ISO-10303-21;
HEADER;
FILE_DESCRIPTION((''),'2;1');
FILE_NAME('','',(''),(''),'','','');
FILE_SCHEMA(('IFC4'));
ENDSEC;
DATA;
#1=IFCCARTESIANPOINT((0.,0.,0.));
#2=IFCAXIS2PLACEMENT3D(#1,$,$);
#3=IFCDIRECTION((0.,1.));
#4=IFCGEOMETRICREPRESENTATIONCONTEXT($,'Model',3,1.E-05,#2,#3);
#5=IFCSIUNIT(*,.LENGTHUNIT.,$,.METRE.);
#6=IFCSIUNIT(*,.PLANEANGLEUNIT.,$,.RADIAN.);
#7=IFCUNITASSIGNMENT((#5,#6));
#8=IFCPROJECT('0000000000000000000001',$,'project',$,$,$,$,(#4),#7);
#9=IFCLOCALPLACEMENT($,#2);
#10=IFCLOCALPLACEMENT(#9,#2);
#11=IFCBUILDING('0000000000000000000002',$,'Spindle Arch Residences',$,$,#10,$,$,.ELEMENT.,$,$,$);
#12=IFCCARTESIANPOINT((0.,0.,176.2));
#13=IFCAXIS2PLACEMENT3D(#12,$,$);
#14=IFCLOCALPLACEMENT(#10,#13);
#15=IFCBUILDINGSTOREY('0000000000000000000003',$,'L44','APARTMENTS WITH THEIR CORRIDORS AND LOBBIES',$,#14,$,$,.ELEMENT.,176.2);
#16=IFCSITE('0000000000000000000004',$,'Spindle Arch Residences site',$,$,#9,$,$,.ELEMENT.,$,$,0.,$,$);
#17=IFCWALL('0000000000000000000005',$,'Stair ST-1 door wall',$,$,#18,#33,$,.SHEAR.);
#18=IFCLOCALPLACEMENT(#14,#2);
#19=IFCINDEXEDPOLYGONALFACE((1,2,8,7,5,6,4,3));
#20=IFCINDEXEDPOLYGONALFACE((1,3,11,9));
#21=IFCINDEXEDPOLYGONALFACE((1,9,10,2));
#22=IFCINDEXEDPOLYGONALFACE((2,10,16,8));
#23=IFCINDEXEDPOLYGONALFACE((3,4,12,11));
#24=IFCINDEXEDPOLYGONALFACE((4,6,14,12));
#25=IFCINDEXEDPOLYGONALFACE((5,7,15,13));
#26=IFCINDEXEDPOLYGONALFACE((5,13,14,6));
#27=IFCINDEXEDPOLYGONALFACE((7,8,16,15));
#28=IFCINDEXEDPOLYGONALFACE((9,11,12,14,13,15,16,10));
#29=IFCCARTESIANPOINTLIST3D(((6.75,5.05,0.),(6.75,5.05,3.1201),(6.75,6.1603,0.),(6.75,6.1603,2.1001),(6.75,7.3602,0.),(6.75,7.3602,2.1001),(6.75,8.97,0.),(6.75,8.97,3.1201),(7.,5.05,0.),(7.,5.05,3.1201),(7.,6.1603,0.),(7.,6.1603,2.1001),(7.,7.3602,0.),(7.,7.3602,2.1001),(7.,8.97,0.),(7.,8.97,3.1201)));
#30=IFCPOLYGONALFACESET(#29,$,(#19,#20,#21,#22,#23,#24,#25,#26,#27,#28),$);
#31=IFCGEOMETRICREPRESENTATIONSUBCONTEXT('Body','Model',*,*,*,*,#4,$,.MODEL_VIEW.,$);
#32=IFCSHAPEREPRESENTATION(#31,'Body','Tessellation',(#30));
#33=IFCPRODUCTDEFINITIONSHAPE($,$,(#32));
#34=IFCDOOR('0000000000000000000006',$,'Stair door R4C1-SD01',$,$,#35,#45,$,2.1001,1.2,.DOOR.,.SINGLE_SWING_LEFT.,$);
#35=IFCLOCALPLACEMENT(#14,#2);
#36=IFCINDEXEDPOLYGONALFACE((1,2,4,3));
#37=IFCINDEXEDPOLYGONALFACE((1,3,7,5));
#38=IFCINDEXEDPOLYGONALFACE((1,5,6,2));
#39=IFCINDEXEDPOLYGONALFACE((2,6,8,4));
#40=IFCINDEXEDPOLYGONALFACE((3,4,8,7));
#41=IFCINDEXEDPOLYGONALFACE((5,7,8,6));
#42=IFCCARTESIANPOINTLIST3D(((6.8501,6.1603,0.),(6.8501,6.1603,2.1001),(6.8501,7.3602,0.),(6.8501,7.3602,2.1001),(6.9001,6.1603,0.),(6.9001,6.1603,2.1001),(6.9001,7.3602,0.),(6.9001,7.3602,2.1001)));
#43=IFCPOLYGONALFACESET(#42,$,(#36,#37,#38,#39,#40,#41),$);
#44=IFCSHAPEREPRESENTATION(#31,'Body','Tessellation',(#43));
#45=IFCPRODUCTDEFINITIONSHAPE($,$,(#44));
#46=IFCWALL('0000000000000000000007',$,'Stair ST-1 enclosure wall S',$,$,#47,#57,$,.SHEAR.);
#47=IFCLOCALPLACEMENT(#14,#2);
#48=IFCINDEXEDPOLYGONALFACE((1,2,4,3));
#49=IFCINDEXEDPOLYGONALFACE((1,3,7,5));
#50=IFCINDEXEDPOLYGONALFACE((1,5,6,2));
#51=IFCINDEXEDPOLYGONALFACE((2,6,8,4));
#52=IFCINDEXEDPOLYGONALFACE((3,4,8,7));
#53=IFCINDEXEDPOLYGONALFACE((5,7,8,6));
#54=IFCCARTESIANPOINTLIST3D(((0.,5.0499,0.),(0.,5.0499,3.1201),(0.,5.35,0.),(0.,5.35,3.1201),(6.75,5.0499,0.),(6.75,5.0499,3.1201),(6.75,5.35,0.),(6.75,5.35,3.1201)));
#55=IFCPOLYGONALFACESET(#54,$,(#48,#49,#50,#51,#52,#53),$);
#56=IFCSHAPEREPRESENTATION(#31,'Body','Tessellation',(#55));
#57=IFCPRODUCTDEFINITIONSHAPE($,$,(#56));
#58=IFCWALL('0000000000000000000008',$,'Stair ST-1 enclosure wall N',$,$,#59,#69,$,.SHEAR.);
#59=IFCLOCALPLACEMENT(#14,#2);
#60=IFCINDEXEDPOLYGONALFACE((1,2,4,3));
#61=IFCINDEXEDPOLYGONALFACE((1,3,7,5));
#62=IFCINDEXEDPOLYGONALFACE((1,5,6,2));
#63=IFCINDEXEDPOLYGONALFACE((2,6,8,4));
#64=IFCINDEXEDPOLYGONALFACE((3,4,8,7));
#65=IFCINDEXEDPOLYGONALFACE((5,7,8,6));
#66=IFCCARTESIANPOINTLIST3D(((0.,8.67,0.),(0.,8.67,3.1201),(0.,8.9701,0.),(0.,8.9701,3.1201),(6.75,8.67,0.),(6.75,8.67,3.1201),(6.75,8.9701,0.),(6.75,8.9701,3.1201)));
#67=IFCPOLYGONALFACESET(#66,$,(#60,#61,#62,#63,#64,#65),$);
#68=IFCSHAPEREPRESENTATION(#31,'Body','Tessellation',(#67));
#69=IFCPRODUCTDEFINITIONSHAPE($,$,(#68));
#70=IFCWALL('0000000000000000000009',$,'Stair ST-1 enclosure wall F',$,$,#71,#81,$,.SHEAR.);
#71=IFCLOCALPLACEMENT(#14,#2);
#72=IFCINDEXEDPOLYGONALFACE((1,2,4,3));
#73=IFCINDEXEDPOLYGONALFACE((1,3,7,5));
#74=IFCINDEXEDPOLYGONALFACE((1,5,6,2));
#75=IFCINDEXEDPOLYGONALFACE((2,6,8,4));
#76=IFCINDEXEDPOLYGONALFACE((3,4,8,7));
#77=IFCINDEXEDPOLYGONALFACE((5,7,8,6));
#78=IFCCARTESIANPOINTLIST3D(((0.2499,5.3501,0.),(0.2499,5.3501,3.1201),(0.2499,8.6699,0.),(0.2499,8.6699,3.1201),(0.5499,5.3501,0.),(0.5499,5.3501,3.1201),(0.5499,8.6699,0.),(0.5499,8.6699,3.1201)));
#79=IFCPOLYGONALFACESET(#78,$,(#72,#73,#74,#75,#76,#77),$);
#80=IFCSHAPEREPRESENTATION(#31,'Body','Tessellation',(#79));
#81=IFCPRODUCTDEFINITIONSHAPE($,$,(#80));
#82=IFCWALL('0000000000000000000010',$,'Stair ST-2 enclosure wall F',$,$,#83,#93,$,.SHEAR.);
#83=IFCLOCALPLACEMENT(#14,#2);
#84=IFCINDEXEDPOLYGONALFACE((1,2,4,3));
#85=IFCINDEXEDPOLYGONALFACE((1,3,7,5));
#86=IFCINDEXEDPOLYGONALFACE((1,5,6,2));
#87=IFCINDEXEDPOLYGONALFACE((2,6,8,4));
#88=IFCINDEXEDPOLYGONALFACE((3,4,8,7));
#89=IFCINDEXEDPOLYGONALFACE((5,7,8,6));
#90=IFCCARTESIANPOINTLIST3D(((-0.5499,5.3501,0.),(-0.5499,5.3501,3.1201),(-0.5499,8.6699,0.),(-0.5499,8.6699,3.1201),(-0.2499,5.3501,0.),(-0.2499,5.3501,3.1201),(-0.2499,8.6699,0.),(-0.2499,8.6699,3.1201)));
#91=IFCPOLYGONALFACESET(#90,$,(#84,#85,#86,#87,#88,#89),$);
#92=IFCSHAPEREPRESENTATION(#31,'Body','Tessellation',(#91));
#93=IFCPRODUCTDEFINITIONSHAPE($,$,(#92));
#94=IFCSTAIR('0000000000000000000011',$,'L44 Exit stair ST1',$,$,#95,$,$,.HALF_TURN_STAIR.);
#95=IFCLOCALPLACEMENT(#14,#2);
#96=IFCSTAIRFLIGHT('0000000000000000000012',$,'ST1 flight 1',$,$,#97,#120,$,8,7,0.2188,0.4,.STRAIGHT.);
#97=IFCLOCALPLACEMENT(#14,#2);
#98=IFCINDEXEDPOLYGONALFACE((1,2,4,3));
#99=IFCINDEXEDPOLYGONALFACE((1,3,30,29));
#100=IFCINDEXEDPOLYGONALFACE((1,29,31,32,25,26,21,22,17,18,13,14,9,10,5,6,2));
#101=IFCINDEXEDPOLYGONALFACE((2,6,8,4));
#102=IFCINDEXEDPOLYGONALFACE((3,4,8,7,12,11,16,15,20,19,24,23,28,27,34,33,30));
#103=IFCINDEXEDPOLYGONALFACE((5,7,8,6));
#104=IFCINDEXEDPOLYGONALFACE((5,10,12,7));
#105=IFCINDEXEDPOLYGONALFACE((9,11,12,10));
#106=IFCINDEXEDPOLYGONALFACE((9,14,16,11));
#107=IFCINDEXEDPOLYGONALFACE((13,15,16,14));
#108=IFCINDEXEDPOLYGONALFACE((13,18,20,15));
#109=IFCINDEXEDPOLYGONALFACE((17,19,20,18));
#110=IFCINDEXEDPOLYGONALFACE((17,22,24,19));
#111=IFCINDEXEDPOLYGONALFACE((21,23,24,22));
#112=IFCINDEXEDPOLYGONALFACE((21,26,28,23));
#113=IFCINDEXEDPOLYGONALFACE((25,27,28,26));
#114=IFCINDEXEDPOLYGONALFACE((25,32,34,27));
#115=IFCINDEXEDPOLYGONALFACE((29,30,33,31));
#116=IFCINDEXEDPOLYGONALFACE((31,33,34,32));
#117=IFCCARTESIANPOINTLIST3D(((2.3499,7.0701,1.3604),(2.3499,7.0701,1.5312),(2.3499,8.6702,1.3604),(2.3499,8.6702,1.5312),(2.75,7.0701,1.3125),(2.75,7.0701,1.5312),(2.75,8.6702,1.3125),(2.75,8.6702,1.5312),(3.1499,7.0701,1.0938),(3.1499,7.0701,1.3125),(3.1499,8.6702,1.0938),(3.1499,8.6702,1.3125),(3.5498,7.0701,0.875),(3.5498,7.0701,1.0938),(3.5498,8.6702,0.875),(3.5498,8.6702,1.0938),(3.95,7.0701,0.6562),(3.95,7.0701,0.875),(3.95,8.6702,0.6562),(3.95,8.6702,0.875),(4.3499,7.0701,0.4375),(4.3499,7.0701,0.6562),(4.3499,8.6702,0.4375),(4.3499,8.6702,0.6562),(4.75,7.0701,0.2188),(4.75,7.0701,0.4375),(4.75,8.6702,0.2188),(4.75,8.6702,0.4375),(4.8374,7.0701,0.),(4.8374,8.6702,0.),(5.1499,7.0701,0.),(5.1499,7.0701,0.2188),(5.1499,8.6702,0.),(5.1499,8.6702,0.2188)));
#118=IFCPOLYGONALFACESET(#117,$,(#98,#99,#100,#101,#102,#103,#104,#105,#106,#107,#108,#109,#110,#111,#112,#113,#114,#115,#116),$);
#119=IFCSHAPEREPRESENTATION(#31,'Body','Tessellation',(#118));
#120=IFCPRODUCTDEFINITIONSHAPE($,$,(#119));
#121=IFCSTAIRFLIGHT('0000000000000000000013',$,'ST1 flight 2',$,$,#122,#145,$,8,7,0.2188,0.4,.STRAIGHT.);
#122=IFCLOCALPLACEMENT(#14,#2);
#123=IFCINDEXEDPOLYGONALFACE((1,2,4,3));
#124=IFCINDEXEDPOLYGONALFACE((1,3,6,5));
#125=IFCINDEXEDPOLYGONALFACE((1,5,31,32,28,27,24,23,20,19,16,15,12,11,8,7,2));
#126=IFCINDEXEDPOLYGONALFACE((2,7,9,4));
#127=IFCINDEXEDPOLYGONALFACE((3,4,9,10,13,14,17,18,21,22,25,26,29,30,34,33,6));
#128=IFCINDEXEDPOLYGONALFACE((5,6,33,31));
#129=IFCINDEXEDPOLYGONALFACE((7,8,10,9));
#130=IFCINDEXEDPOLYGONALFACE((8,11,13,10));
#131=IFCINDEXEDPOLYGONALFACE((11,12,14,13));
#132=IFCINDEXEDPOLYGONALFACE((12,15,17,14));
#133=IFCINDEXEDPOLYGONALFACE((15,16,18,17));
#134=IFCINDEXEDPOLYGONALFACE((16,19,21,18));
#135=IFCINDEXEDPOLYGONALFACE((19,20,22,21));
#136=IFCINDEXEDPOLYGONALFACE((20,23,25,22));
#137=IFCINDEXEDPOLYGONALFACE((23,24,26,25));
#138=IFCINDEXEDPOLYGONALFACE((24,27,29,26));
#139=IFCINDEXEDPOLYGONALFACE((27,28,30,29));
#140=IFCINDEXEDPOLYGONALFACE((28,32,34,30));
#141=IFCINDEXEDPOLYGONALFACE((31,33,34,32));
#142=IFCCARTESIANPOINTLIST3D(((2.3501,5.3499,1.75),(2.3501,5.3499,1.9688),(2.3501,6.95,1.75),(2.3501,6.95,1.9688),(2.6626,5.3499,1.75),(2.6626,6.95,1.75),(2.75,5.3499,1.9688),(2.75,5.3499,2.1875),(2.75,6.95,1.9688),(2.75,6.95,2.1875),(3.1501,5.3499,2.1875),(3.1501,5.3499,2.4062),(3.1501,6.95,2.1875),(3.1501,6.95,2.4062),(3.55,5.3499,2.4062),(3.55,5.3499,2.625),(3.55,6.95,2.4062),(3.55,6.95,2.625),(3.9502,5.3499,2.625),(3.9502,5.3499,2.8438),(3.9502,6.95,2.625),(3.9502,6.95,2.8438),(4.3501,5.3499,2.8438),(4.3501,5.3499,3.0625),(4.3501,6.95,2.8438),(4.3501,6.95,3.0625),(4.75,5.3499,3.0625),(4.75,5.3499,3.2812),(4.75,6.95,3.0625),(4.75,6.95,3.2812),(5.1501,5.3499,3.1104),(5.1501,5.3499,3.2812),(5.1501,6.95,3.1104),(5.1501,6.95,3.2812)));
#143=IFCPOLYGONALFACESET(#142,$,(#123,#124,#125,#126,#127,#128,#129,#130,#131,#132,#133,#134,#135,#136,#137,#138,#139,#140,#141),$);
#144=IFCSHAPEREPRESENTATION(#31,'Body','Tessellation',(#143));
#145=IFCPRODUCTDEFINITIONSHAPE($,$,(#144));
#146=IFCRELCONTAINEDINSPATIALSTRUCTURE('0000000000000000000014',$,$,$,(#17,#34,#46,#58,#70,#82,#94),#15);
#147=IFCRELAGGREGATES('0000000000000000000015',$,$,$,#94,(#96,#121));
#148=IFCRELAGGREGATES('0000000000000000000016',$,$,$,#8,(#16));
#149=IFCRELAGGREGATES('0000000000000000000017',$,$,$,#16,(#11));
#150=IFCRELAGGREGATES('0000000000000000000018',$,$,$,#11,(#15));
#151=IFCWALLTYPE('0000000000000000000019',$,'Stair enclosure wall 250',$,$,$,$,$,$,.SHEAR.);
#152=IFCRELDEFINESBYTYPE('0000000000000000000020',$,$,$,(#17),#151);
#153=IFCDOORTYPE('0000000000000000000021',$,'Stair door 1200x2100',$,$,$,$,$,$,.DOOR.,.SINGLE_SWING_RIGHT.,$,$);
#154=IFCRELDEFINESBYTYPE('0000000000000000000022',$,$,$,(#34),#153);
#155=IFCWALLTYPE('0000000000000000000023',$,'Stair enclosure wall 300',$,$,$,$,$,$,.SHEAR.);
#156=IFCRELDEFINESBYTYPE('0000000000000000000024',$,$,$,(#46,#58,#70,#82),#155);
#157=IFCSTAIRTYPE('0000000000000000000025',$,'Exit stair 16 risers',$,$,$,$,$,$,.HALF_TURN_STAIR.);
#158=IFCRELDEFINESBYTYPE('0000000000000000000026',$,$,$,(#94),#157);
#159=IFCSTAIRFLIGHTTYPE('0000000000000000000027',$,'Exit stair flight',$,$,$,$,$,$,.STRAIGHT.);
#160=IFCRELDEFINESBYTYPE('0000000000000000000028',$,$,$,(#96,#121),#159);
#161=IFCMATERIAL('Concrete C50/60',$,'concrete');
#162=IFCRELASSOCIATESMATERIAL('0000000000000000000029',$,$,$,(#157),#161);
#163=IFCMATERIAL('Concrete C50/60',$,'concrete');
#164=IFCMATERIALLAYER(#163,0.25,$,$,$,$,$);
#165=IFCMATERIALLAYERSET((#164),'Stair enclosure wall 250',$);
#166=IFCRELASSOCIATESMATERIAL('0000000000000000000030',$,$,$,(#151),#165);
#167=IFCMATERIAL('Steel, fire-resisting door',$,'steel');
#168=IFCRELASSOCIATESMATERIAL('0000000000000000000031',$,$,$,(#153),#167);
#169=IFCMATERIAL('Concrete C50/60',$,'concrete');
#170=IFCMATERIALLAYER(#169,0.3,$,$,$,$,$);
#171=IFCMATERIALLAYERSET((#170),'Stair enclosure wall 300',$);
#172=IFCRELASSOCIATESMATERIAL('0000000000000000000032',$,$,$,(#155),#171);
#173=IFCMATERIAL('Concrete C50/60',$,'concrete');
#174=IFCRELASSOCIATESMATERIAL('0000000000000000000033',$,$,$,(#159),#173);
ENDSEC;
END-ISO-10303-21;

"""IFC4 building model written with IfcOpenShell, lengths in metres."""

from ifc_helpers import new_model, si_unit, direction, frame, frame_2d, origin, place, context, subcontext, project, spatial, polyline, rectangle, outline, extrude, material, layer, layer_set, type_object, element, fill, aggregate, save


model = new_model("IFC4")

# Units and contexts
model_context = context("Model", 3, precision=1e-05, world=origin(), true_north=direction((0.0, 1.0)))
body_context = subcontext(model_context, "Body", "Model", "MODEL_VIEW")
ifc_project = project(units=[si_unit("LENGTHUNIT", "METRE"), si_unit("PLANEANGLEUNIT", "RADIAN")], contexts=[model_context])

# Site, building, storey
site_placement = place(None, origin())
site = spatial("IfcSite", under=ifc_project, at=site_placement, Name="Spindle Arch Residences site", CompositionType="ELEMENT", RefElevation=0.0)
building_placement = place(site_placement, origin())
building = spatial("IfcBuilding", under=site, at=building_placement, Name="Spindle Arch Residences", CompositionType="ELEMENT")
storey_placement = place(building_placement, frame((0.0, 0.0, 176.2)))
storey = spatial("IfcBuildingStorey", under=building, at=storey_placement, Name="L44", Description="APARTMENTS WITH THEIR CORRIDORS AND LOBBIES", CompositionType="ELEMENT", Elevation=176.2)

# Shared definitions
ifc_material_1 = material(Name="Concrete C50/60", Category="concrete")
stair_type = type_object("IfcStairType", Name="Exit stair 16 risers", PredefinedType="HALF_TURN_STAIR", material=ifc_material_1)

# Wall, opening, door
ifc_material_2 = material(Name="Concrete C50/60", Category="concrete")
ifc_layer_1 = layer(ifc_material_2, 0.25)
ifc_layer_set_1 = layer_set([ifc_layer_1], Name="Stair enclosure wall 250")
wall_type_1 = type_object("IfcWallType", Name="Stair enclosure wall 250", PredefinedType="SHEAR", material=ifc_layer_set_1)
wall_1_placement = place(storey_placement, frame((6.875, 5.05, 0.0), z_axis=(0.0, 0.0, 1.0), x_axis=(0.0, 1.0, 0.0)))
wall_1 = element("IfcWall", 1, at=wall_1_placement, inside=storey, type_object=wall_type_1, Name="Stair ST-1 door wall", PredefinedType="SHEAR", context=body_context, shape_type="SweptSolid", body=[
    extrude(rectangle(XDim=3.9199, YDim=0.25, at=frame_2d((1.96, 0.0))), origin(), (0.0, 0.0, 1.0), 3.1201),
])
opening_1_placement = place(wall_1_placement, frame((1.1101, 0.0, 0.0)))
opening_1 = element("IfcOpeningElement", 2, at=opening_1_placement, cuts=wall_1, PredefinedType="OPENING", context=body_context, shape_type="SweptSolid", body=[
    extrude(rectangle(XDim=1.2, YDim=2.1001, at=frame_2d((0.6001, 1.05))), frame((0.0, 0.135, 0.0), z_axis=(0.0, -1.0, 0.0), x_axis=(1.0, 0.0, 0.0)), (0.0, 0.0, 1.0), 0.27),
])
ifc_material_3 = material(Name="Steel, fire-resisting door", Category="steel")
door_type_1 = type_object("IfcDoorType", Name="Stair door 1200x2100", OperationType="SINGLE_SWING_RIGHT", PredefinedType="DOOR", material=ifc_material_3)
door_1_placement = place(opening_1_placement, origin())
door_1 = element("IfcDoor", 3, at=door_1_placement, inside=storey, type_object=door_type_1, Name="Stair door R4C1-SD01", OperationType="SINGLE_SWING_LEFT", OverallHeight=2.1001, OverallWidth=1.2, PredefinedType="DOOR", context=body_context, shape_type="SweptSolid", body=[
    extrude(rectangle(XDim=1.2, YDim=2.1001, at=frame_2d((0.6001, 1.05))), frame((0.0, 0.0249, 0.0), z_axis=(0.0, -1.0, 0.0), x_axis=(1.0, 0.0, 0.0)), (0.0, 0.0, 1.0), 0.05),
])
fill(opening_1, door_1)

# Walls
ifc_material_4 = material(Name="Concrete C50/60", Category="concrete")
ifc_layer_2 = layer(ifc_material_4, 0.3)
ifc_layer_set_2 = layer_set([ifc_layer_2], Name="Stair enclosure wall 300")
wall_type_2 = type_object("IfcWallType", Name="Stair enclosure wall 300", PredefinedType="SHEAR", material=ifc_layer_set_2)
for number, where, z_axis, x_axis, name in (
    (4, (0.0, 5.2, 0.0), (0.0, 0.0, 1.0), (1.0, 0.0, 0.0), "Stair ST-1 enclosure wall S"),
    (5, (0.0, 8.8201, 0.0), (0.0, 0.0, 1.0), (1.0, 0.0, 0.0), "Stair ST-1 enclosure wall N"),
):
    element("IfcWall", number, at=place(storey_placement, frame(where, z_axis=z_axis, x_axis=x_axis)), inside=storey, type_object=wall_type_2, Name=name, PredefinedType="SHEAR", context=body_context, shape_type="SweptSolid", body=[
        extrude(rectangle(XDim=6.75, YDim=0.3, at=frame_2d((3.375, 0.0))), origin(), (0.0, 0.0, 1.0), 3.1201),
    ])
for number, where, z_axis, x_axis, name in (
    (6, (0.3999, 5.3501, 0.0), (0.0, 0.0, 1.0), (0.0, 1.0, 0.0), "Stair ST-1 enclosure wall F"),
    (7, (-0.3999, 5.3501, 0.0), (0.0, 0.0, 1.0), (0.0, 1.0, 0.0), "Stair ST-2 enclosure wall F"),
):
    element("IfcWall", number, at=place(storey_placement, frame(where, z_axis=z_axis, x_axis=x_axis)), inside=storey, type_object=wall_type_2, Name=name, PredefinedType="SHEAR", context=body_context, shape_type="SweptSolid", body=[
        extrude(rectangle(XDim=3.3198, YDim=0.3, at=frame_2d((1.6599, 0.0))), origin(), (0.0, 0.0, 1.0), 3.1201),
    ])

# Stair, stair flights
stair_1_placement = place(storey_placement, origin())
stair_1 = element("IfcStair", 8, at=stair_1_placement, inside=storey, type_object=stair_type, Name="L44 Exit stair ST1", PredefinedType="HALF_TURN_STAIR")
ifc_material_5 = material(Name="Concrete C50/60", Category="concrete")
stair_flight_type = type_object("IfcStairFlightType", Name="Exit stair flight", PredefinedType="STRAIGHT", material=ifc_material_5)
stair_flight_1_placement = place(storey_placement, frame((5.1499, 7.8701, 0.0), z_axis=(0.0, 0.0, 1.0), x_axis=(-1.0, 0.0, 0.0)))
stair_flight_1 = element("IfcStairFlight", 9, at=stair_flight_1_placement, type_object=stair_flight_type, Name="ST1 flight 1", NumberOfRisers=8, NumberOfTreads=7, PredefinedType="STRAIGHT", RiserHeight=0.2188, TreadLength=0.4, context=body_context, shape_type="SweptSolid", body=[
    extrude(outline(polyline([(0.0, 0.0), (0.0, 0.2188), (0.3999, 0.2188), (0.3999, 0.4375), (0.8, 0.4375), (0.8, 0.6562), (1.2, 0.6562), (1.2, 0.875), (1.6001, 0.875), (1.6001, 1.0938), (2.0, 1.0938), (2.0, 1.3125), (2.3999, 1.3125), (2.3999, 1.5312), (2.8, 1.5312), (2.8, 1.75), (2.8, 1.3604), (0.3125, 0.0), (0.0, 0.0)])), frame((0.0, 0.8, 0.0), z_axis=(0.0, -1.0, 0.0), x_axis=(1.0, 0.0, 0.0)), (0.0, 0.0, 1.0), 1.6001),
])
stair_flight_2_placement = place(storey_placement, frame((2.3501, 6.1499, 1.75), z_axis=(0.0, 0.0, 1.0), x_axis=(1.0, 0.0, 0.0)))
stair_flight_2 = element("IfcStairFlight", 10, at=stair_flight_2_placement, type_object=stair_flight_type, Name="ST1 flight 2", NumberOfRisers=8, NumberOfTreads=7, PredefinedType="STRAIGHT", RiserHeight=0.2188, TreadLength=0.4, context=body_context, shape_type="SweptSolid", body=[
    extrude(outline(polyline([(0.0, 0.0), (0.0, 0.2188), (0.3999, 0.2188), (0.3999, 0.4375), (0.8, 0.4375), (0.8, 0.6562), (1.2, 0.6562), (1.2, 0.875), (1.6001, 0.875), (1.6001, 1.0938), (2.0, 1.0938), (2.0, 1.3125), (2.3999, 1.3125), (2.3999, 1.5312), (2.8, 1.5312), (2.8, 1.75), (2.8, 1.3604), (0.3125, 0.0), (0.0, 0.0)])), frame((0.0, 0.8, 0.0), z_axis=(0.0, -1.0, 0.0), x_axis=(1.0, 0.0, 0.0)), (0.0, 0.0, 1.0), 1.6001),
])
aggregate(stair_1, [stair_flight_1, stair_flight_2])

save(model, "model.ifc")
